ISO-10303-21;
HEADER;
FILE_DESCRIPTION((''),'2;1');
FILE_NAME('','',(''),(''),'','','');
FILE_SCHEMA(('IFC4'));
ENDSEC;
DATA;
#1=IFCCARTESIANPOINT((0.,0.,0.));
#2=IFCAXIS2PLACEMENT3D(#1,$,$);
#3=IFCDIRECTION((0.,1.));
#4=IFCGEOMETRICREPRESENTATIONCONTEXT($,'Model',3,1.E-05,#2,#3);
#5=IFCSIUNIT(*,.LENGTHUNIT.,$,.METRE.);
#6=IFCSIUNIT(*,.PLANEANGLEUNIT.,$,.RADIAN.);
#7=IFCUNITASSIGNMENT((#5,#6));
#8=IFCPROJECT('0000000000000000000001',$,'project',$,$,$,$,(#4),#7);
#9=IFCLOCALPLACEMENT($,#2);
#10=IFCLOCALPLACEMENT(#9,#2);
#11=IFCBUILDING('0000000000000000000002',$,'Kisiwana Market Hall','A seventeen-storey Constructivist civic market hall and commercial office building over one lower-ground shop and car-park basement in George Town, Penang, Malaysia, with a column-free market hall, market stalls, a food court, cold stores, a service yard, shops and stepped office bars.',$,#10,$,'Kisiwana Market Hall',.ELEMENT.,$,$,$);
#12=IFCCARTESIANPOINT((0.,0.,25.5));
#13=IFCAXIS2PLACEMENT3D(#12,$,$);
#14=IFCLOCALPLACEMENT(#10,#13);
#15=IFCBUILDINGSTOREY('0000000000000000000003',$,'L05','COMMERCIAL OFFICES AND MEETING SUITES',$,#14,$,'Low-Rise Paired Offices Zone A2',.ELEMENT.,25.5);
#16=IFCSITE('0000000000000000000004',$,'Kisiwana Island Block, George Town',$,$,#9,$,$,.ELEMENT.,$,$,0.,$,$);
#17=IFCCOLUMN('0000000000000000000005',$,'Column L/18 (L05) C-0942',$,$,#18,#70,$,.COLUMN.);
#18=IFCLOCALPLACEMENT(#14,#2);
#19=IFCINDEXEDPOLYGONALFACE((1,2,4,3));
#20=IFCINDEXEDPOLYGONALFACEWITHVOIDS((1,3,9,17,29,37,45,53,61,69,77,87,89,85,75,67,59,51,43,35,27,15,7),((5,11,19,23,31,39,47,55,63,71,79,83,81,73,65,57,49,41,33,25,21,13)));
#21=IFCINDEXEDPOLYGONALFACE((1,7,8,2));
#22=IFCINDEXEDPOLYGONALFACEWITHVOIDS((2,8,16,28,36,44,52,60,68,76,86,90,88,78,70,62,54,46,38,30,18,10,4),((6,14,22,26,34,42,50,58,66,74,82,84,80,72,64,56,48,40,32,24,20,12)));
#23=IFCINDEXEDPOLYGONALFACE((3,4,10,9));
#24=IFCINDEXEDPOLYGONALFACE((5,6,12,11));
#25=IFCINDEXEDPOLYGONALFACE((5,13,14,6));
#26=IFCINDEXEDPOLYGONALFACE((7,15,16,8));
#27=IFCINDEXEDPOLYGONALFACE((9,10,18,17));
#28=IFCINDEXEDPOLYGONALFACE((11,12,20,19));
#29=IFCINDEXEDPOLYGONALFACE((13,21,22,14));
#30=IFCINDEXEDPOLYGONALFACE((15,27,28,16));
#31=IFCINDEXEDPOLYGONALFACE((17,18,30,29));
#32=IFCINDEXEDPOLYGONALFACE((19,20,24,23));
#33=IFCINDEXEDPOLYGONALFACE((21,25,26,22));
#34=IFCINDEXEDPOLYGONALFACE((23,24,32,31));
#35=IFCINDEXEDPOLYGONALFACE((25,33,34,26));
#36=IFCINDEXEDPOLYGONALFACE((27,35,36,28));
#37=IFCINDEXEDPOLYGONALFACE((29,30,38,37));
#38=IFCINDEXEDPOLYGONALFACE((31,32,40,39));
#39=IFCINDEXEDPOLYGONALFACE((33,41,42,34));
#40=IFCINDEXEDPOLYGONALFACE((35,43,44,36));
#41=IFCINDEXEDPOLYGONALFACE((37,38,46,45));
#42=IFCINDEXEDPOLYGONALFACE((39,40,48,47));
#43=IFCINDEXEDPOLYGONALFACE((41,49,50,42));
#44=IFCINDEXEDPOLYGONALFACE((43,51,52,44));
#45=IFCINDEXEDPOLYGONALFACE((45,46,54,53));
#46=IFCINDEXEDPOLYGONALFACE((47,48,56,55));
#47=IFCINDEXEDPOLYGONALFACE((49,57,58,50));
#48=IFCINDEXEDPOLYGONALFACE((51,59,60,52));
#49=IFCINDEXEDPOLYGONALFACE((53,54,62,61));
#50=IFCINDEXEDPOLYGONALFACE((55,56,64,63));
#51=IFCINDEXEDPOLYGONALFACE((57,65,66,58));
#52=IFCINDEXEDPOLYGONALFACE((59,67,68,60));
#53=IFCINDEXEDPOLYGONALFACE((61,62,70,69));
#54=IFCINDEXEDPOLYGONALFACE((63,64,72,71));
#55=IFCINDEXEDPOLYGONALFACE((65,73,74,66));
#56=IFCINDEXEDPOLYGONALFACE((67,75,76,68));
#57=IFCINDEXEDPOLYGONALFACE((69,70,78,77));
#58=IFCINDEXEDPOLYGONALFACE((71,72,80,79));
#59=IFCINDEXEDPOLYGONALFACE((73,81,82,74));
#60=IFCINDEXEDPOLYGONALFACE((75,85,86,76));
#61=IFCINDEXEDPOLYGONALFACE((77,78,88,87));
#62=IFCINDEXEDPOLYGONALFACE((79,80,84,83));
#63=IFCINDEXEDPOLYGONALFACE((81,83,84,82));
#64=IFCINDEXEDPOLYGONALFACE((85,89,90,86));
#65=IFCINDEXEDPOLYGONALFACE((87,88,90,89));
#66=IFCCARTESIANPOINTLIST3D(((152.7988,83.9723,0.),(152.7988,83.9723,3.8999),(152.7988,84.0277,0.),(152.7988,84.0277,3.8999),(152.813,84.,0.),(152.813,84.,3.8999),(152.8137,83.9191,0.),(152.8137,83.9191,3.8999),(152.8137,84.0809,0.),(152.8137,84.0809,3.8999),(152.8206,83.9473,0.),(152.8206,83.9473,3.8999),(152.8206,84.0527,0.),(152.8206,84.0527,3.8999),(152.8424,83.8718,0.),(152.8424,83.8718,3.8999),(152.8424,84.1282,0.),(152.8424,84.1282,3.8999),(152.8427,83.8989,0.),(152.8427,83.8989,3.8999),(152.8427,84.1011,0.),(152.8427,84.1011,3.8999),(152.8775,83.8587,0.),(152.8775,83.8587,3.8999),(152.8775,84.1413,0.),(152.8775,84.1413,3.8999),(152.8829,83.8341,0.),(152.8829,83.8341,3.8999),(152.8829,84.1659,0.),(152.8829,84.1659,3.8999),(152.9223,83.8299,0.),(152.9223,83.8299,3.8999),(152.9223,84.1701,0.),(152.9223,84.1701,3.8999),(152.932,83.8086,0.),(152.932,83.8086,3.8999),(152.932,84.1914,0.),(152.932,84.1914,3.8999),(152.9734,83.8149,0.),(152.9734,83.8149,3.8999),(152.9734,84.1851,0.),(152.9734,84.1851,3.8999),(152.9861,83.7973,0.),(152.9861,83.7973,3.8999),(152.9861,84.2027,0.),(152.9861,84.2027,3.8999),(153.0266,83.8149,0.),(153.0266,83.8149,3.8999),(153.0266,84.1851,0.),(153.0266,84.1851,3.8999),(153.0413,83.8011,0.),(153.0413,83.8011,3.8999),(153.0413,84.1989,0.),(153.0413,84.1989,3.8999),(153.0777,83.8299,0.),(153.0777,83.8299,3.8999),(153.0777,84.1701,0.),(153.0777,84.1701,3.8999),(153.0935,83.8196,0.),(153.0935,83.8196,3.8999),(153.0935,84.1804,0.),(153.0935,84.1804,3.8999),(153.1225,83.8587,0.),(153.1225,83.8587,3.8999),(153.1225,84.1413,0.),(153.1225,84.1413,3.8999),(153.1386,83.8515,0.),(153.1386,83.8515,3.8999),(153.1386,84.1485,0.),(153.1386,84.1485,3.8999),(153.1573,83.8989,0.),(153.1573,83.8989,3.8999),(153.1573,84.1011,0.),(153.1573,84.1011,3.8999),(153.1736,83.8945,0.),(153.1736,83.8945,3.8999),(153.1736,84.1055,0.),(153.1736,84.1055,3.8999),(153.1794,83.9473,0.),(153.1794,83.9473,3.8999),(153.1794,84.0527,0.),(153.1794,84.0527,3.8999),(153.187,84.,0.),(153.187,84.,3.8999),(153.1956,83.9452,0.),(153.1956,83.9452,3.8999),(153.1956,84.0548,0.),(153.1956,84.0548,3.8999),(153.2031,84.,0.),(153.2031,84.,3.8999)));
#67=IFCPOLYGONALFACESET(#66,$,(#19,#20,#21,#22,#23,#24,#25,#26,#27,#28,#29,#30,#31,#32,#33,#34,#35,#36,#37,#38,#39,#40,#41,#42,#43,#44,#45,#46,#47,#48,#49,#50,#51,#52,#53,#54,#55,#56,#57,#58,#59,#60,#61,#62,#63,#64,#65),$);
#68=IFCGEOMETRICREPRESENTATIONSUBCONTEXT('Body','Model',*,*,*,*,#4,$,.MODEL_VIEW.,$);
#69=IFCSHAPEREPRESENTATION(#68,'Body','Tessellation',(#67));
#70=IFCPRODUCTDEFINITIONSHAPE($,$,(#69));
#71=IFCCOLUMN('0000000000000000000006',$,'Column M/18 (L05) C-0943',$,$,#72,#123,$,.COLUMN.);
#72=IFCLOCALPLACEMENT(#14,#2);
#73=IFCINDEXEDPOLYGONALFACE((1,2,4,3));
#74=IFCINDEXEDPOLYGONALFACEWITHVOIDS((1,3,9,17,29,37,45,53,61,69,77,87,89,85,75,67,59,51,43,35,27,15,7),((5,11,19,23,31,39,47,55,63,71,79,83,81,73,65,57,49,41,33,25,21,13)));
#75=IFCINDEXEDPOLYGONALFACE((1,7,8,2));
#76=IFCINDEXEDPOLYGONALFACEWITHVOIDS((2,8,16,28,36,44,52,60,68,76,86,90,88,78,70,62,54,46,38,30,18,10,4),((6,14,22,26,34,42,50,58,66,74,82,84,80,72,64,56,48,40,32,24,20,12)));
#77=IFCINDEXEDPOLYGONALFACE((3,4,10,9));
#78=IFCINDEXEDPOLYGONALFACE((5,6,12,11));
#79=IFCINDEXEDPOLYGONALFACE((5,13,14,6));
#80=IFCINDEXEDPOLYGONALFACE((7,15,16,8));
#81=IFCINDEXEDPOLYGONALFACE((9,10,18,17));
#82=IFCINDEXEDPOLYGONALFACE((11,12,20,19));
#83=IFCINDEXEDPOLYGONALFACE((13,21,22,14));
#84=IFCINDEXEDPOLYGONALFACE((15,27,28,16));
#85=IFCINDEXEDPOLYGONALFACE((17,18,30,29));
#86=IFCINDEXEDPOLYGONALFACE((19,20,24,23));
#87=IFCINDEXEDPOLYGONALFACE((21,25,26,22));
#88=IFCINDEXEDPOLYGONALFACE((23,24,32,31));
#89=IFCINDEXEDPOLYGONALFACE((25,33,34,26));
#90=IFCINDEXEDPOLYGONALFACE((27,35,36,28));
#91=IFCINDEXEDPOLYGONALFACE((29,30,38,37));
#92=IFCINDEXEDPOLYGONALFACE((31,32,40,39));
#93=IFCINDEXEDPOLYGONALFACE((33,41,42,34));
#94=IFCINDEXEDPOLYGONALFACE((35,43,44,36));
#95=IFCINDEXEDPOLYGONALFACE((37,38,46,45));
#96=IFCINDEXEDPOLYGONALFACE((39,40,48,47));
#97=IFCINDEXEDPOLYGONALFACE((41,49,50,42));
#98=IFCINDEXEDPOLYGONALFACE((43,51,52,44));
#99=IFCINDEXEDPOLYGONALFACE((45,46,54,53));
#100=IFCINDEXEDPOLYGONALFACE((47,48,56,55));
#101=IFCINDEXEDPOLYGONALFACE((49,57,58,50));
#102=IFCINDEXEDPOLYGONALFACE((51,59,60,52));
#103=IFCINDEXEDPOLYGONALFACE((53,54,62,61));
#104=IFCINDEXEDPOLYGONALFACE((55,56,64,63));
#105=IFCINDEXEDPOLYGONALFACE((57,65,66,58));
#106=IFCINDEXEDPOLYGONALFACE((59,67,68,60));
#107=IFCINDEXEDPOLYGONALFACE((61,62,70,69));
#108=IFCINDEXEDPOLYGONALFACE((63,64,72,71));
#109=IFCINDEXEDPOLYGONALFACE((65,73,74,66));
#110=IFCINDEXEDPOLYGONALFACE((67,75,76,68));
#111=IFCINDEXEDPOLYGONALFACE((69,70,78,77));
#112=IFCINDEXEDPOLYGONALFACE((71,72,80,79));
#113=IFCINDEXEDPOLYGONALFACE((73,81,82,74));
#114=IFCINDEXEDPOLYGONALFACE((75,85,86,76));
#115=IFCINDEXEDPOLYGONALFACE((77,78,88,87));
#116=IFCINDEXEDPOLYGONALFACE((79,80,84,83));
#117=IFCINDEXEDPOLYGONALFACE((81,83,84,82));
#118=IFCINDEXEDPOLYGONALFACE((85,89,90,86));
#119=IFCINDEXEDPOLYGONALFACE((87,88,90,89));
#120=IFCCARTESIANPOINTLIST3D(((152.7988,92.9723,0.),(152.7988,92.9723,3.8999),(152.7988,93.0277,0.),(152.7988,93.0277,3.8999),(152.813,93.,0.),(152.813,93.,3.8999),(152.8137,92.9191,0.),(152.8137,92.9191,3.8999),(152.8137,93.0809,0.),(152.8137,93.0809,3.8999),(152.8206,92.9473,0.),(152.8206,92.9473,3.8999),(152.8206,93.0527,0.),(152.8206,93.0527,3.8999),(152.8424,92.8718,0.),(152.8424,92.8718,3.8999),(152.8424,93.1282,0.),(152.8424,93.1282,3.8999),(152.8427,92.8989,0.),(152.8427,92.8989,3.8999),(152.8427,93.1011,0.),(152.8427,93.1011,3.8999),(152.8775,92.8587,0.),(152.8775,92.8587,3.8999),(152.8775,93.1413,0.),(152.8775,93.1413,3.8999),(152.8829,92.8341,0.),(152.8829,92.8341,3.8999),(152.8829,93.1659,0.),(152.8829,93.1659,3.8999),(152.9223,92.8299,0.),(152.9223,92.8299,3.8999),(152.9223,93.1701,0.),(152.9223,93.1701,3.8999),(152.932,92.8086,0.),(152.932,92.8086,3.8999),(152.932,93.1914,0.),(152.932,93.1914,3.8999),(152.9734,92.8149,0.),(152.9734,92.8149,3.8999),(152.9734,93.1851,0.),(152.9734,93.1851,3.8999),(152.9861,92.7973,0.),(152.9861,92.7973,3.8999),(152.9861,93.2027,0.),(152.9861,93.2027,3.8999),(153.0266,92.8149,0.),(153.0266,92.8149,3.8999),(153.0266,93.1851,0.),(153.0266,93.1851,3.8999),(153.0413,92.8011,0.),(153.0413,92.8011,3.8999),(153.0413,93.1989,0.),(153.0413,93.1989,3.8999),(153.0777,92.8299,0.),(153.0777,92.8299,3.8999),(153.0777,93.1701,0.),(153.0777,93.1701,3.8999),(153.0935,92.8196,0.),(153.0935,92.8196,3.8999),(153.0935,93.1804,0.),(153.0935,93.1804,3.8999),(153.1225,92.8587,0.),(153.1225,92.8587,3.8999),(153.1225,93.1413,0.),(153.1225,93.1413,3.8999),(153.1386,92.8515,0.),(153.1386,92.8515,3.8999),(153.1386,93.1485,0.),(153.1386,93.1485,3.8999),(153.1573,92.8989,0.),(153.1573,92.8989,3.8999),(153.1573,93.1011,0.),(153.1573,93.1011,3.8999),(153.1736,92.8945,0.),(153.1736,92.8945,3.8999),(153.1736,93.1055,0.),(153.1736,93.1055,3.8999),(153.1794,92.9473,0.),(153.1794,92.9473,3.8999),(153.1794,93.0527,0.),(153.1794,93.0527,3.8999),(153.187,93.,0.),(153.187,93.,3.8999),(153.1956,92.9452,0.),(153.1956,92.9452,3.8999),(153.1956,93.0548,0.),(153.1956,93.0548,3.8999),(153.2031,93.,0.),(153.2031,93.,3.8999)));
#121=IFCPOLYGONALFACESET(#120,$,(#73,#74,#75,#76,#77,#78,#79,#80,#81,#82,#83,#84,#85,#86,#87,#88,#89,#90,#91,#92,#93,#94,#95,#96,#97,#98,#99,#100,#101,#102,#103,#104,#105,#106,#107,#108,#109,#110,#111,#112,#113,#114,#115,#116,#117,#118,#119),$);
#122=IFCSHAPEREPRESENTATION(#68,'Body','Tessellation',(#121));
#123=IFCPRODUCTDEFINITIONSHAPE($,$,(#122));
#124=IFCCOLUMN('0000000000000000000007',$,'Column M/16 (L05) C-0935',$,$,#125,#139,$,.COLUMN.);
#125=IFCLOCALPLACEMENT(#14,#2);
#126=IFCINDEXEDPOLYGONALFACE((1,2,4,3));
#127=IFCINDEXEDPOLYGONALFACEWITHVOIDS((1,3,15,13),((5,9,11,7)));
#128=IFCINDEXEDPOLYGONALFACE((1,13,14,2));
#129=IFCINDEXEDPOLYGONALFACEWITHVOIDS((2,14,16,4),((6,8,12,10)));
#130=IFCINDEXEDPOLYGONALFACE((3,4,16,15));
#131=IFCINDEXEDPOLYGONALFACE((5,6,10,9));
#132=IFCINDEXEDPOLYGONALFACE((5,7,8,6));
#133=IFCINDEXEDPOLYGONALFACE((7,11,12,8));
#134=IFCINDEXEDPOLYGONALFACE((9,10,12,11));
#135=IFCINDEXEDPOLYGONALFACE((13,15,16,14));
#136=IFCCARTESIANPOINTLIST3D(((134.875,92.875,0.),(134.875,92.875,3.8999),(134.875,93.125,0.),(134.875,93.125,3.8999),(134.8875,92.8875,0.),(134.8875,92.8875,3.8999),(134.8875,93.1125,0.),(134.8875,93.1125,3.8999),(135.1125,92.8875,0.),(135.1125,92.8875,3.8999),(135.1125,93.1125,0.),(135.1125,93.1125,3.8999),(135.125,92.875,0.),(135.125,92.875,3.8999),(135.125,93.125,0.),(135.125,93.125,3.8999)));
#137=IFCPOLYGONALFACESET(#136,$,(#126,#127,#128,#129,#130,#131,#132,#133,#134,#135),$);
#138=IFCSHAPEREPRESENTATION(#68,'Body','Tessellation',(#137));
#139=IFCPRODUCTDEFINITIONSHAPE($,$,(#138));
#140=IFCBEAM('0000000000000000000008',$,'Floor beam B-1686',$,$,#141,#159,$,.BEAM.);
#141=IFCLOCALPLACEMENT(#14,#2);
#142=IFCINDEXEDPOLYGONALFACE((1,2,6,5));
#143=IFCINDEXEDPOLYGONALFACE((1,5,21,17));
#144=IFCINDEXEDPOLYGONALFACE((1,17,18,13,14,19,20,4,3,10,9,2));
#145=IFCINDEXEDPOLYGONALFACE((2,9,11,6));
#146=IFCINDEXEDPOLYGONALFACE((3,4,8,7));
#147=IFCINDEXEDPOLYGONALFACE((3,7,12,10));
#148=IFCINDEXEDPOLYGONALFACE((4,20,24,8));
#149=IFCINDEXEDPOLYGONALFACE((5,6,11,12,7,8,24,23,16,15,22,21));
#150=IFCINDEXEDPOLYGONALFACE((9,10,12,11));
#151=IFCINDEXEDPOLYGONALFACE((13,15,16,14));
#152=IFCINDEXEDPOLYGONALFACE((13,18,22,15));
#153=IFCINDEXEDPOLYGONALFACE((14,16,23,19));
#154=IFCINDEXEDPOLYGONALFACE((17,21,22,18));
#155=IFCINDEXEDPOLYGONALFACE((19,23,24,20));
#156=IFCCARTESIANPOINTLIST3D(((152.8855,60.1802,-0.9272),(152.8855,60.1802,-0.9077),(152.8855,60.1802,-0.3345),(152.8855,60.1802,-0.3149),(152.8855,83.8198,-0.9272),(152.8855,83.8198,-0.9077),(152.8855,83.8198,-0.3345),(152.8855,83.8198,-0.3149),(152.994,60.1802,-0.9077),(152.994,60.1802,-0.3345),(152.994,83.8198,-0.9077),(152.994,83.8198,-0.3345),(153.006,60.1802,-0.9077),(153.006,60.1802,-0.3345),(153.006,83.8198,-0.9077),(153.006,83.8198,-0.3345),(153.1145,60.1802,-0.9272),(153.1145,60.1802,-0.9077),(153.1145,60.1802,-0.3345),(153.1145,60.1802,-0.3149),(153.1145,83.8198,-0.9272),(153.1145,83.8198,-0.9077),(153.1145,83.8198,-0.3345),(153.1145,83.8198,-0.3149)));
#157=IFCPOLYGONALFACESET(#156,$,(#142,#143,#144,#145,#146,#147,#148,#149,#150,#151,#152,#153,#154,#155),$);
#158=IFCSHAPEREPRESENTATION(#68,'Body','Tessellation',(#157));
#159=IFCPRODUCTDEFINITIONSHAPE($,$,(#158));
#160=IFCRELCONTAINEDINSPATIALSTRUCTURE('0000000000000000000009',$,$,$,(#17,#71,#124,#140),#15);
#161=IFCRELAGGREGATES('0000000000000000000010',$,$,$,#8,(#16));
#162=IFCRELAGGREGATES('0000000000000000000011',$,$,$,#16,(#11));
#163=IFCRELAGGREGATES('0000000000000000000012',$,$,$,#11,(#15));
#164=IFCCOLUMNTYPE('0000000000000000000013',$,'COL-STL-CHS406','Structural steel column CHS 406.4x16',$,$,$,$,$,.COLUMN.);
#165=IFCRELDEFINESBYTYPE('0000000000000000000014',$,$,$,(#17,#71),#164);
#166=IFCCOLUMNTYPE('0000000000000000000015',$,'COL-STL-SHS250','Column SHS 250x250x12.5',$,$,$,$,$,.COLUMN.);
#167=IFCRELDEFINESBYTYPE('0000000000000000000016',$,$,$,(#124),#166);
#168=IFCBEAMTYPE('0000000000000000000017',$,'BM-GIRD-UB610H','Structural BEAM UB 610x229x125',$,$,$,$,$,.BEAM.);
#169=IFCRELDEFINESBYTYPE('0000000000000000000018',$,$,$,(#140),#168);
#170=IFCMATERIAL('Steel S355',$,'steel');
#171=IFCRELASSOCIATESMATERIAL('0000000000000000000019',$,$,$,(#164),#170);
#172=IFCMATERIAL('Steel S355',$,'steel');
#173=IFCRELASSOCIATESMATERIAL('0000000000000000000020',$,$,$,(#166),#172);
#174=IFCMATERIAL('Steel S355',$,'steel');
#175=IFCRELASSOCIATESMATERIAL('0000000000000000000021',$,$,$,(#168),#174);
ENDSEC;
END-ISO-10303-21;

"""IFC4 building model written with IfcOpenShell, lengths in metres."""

from ifc_helpers import new_model, si_unit, direction, frame, origin, origin_2d, place, context, subcontext, project, spatial, hollow_rectangle, hollow_circle, i_section, extrude, material, material_profile, profile_set, type_object, element, save


model = new_model("IFC4")

# Units and contexts
model_context = context("Model", 3, precision=1e-05, world=origin(), true_north=direction((0.0, 1.0)))
body_context = subcontext(model_context, "Body", "Model", "MODEL_VIEW")
ifc_project = project(units=[si_unit("LENGTHUNIT", "METRE"), si_unit("PLANEANGLEUNIT", "RADIAN")], contexts=[model_context])

# Site, building, storey
site_placement = place(None, origin())
site = spatial("IfcSite", under=ifc_project, at=site_placement, Name="Kisiwana Island Block, George Town", CompositionType="ELEMENT", RefElevation=0.0)
building_placement = place(site_placement, origin())
building = spatial("IfcBuilding", under=site, at=building_placement, Name="Kisiwana Market Hall", Description="A seventeen-storey Constructivist civic market hall and commercial office building over one lower-ground shop and car-park basement in George Town, Penang, Malaysia, with a column-free market hall, market stalls, a food court, cold stores, a service yard, shops and stepped office bars.", LongName="Kisiwana Market Hall", CompositionType="ELEMENT")
storey_placement = place(building_placement, frame((0.0, 0.0, 25.5)))
storey = spatial("IfcBuildingStorey", under=building, at=storey_placement, Name="L05", Description="COMMERCIAL OFFICES AND MEETING SUITES", LongName="Low-Rise Paired Offices Zone A2", CompositionType="ELEMENT", Elevation=25.5)

# Columns
ifc_material_1 = material(Name="Steel S355", Category="steel")
ifc_material_profile_1 = material_profile(ifc_material_1, hollow_circle(Radius=0.2031, WallThickness=0.0161, at=origin_2d()), Name="CHS 406.4x16")
ifc_profile_set_1 = profile_set([ifc_material_profile_1], Name="Steel S355")
column_type_1 = type_object("IfcColumnType", Name="COL-STL-CHS406", Description="Structural steel column CHS 406.4x16", PredefinedType="COLUMN", material=ifc_profile_set_1)
for number, where, z_axis, x_axis, name in (
    (1, (153.0, 84.0, 0.0), (0.0, 0.0, 1.0), (1.0, 0.0, 0.0), "Column L/18 (L05) C-0942"),
    (2, (153.0, 93.0, 0.0), (0.0, 0.0, 1.0), (1.0, 0.0, 0.0), "Column M/18 (L05) C-0943"),
):
    element("IfcColumn", number, at=place(storey_placement, frame(where, z_axis=z_axis, x_axis=x_axis)), inside=storey, type_object=column_type_1, Name=name, PredefinedType="COLUMN", context=body_context, shape_type="SweptSolid", body=[
        extrude(hollow_circle(Radius=0.2031, WallThickness=0.0161, at=origin_2d()), origin(), (0.0, 0.0, 1.0), 3.8999),
    ])
ifc_material_2 = material(Name="Steel S355", Category="steel")
ifc_material_profile_2 = material_profile(ifc_material_2, hollow_rectangle(XDim=0.25, YDim=0.25, WallThickness=0.0125, at=origin_2d()), Name="SHS 250x250x12.5")
ifc_profile_set_2 = profile_set([ifc_material_profile_2], Name="Steel S355")
column_type_2 = type_object("IfcColumnType", Name="COL-STL-SHS250", Description="Column SHS 250x250x12.5", PredefinedType="COLUMN", material=ifc_profile_set_2)
column_placement = place(storey_placement, frame((135.0, 93.0, 0.0), z_axis=(0.0, 0.0, 1.0), x_axis=(1.0, 0.0, 0.0)))
element("IfcColumn", 3, at=column_placement, inside=storey, type_object=column_type_2, Name="Column M/16 (L05) C-0935", PredefinedType="COLUMN", context=body_context, shape_type="SweptSolid", body=[
    extrude(hollow_rectangle(XDim=0.25, YDim=0.25, WallThickness=0.0125, at=origin_2d()), origin(), (0.0, 0.0, 1.0), 3.8999),
])

# Beam
ifc_material_3 = material(Name="Steel S355", Category="steel")
ifc_material_profile_3 = material_profile(ifc_material_3, i_section(OverallWidth=0.229, OverallDepth=0.6123, WebThickness=0.012, FlangeThickness=0.0195, at=origin_2d()), Name="UB 610x229x125")
ifc_profile_set_3 = profile_set([ifc_material_profile_3], Name="Steel S355")
beam_type_1 = type_object("IfcBeamType", Name="BM-GIRD-UB610H", Description="Structural BEAM UB 610x229x125", PredefinedType="BEAM", material=ifc_profile_set_3)
beam_1_placement = place(storey_placement, frame((153.0, 60.1802, -0.6211), z_axis=(0.0, 1.0, 0.0), x_axis=(-1.0, 0.0, 0.0)))
element("IfcBeam", 4, at=beam_1_placement, inside=storey, type_object=beam_type_1, Name="Floor beam B-1686", PredefinedType="BEAM", context=body_context, shape_type="SweptSolid", body=[
    extrude(i_section(OverallWidth=0.229, OverallDepth=0.6123, WebThickness=0.012, FlangeThickness=0.0195, at=origin_2d()), origin(), (0.0, 0.0, 1.0), 23.6396),
])

save(model, "model.ifc")
